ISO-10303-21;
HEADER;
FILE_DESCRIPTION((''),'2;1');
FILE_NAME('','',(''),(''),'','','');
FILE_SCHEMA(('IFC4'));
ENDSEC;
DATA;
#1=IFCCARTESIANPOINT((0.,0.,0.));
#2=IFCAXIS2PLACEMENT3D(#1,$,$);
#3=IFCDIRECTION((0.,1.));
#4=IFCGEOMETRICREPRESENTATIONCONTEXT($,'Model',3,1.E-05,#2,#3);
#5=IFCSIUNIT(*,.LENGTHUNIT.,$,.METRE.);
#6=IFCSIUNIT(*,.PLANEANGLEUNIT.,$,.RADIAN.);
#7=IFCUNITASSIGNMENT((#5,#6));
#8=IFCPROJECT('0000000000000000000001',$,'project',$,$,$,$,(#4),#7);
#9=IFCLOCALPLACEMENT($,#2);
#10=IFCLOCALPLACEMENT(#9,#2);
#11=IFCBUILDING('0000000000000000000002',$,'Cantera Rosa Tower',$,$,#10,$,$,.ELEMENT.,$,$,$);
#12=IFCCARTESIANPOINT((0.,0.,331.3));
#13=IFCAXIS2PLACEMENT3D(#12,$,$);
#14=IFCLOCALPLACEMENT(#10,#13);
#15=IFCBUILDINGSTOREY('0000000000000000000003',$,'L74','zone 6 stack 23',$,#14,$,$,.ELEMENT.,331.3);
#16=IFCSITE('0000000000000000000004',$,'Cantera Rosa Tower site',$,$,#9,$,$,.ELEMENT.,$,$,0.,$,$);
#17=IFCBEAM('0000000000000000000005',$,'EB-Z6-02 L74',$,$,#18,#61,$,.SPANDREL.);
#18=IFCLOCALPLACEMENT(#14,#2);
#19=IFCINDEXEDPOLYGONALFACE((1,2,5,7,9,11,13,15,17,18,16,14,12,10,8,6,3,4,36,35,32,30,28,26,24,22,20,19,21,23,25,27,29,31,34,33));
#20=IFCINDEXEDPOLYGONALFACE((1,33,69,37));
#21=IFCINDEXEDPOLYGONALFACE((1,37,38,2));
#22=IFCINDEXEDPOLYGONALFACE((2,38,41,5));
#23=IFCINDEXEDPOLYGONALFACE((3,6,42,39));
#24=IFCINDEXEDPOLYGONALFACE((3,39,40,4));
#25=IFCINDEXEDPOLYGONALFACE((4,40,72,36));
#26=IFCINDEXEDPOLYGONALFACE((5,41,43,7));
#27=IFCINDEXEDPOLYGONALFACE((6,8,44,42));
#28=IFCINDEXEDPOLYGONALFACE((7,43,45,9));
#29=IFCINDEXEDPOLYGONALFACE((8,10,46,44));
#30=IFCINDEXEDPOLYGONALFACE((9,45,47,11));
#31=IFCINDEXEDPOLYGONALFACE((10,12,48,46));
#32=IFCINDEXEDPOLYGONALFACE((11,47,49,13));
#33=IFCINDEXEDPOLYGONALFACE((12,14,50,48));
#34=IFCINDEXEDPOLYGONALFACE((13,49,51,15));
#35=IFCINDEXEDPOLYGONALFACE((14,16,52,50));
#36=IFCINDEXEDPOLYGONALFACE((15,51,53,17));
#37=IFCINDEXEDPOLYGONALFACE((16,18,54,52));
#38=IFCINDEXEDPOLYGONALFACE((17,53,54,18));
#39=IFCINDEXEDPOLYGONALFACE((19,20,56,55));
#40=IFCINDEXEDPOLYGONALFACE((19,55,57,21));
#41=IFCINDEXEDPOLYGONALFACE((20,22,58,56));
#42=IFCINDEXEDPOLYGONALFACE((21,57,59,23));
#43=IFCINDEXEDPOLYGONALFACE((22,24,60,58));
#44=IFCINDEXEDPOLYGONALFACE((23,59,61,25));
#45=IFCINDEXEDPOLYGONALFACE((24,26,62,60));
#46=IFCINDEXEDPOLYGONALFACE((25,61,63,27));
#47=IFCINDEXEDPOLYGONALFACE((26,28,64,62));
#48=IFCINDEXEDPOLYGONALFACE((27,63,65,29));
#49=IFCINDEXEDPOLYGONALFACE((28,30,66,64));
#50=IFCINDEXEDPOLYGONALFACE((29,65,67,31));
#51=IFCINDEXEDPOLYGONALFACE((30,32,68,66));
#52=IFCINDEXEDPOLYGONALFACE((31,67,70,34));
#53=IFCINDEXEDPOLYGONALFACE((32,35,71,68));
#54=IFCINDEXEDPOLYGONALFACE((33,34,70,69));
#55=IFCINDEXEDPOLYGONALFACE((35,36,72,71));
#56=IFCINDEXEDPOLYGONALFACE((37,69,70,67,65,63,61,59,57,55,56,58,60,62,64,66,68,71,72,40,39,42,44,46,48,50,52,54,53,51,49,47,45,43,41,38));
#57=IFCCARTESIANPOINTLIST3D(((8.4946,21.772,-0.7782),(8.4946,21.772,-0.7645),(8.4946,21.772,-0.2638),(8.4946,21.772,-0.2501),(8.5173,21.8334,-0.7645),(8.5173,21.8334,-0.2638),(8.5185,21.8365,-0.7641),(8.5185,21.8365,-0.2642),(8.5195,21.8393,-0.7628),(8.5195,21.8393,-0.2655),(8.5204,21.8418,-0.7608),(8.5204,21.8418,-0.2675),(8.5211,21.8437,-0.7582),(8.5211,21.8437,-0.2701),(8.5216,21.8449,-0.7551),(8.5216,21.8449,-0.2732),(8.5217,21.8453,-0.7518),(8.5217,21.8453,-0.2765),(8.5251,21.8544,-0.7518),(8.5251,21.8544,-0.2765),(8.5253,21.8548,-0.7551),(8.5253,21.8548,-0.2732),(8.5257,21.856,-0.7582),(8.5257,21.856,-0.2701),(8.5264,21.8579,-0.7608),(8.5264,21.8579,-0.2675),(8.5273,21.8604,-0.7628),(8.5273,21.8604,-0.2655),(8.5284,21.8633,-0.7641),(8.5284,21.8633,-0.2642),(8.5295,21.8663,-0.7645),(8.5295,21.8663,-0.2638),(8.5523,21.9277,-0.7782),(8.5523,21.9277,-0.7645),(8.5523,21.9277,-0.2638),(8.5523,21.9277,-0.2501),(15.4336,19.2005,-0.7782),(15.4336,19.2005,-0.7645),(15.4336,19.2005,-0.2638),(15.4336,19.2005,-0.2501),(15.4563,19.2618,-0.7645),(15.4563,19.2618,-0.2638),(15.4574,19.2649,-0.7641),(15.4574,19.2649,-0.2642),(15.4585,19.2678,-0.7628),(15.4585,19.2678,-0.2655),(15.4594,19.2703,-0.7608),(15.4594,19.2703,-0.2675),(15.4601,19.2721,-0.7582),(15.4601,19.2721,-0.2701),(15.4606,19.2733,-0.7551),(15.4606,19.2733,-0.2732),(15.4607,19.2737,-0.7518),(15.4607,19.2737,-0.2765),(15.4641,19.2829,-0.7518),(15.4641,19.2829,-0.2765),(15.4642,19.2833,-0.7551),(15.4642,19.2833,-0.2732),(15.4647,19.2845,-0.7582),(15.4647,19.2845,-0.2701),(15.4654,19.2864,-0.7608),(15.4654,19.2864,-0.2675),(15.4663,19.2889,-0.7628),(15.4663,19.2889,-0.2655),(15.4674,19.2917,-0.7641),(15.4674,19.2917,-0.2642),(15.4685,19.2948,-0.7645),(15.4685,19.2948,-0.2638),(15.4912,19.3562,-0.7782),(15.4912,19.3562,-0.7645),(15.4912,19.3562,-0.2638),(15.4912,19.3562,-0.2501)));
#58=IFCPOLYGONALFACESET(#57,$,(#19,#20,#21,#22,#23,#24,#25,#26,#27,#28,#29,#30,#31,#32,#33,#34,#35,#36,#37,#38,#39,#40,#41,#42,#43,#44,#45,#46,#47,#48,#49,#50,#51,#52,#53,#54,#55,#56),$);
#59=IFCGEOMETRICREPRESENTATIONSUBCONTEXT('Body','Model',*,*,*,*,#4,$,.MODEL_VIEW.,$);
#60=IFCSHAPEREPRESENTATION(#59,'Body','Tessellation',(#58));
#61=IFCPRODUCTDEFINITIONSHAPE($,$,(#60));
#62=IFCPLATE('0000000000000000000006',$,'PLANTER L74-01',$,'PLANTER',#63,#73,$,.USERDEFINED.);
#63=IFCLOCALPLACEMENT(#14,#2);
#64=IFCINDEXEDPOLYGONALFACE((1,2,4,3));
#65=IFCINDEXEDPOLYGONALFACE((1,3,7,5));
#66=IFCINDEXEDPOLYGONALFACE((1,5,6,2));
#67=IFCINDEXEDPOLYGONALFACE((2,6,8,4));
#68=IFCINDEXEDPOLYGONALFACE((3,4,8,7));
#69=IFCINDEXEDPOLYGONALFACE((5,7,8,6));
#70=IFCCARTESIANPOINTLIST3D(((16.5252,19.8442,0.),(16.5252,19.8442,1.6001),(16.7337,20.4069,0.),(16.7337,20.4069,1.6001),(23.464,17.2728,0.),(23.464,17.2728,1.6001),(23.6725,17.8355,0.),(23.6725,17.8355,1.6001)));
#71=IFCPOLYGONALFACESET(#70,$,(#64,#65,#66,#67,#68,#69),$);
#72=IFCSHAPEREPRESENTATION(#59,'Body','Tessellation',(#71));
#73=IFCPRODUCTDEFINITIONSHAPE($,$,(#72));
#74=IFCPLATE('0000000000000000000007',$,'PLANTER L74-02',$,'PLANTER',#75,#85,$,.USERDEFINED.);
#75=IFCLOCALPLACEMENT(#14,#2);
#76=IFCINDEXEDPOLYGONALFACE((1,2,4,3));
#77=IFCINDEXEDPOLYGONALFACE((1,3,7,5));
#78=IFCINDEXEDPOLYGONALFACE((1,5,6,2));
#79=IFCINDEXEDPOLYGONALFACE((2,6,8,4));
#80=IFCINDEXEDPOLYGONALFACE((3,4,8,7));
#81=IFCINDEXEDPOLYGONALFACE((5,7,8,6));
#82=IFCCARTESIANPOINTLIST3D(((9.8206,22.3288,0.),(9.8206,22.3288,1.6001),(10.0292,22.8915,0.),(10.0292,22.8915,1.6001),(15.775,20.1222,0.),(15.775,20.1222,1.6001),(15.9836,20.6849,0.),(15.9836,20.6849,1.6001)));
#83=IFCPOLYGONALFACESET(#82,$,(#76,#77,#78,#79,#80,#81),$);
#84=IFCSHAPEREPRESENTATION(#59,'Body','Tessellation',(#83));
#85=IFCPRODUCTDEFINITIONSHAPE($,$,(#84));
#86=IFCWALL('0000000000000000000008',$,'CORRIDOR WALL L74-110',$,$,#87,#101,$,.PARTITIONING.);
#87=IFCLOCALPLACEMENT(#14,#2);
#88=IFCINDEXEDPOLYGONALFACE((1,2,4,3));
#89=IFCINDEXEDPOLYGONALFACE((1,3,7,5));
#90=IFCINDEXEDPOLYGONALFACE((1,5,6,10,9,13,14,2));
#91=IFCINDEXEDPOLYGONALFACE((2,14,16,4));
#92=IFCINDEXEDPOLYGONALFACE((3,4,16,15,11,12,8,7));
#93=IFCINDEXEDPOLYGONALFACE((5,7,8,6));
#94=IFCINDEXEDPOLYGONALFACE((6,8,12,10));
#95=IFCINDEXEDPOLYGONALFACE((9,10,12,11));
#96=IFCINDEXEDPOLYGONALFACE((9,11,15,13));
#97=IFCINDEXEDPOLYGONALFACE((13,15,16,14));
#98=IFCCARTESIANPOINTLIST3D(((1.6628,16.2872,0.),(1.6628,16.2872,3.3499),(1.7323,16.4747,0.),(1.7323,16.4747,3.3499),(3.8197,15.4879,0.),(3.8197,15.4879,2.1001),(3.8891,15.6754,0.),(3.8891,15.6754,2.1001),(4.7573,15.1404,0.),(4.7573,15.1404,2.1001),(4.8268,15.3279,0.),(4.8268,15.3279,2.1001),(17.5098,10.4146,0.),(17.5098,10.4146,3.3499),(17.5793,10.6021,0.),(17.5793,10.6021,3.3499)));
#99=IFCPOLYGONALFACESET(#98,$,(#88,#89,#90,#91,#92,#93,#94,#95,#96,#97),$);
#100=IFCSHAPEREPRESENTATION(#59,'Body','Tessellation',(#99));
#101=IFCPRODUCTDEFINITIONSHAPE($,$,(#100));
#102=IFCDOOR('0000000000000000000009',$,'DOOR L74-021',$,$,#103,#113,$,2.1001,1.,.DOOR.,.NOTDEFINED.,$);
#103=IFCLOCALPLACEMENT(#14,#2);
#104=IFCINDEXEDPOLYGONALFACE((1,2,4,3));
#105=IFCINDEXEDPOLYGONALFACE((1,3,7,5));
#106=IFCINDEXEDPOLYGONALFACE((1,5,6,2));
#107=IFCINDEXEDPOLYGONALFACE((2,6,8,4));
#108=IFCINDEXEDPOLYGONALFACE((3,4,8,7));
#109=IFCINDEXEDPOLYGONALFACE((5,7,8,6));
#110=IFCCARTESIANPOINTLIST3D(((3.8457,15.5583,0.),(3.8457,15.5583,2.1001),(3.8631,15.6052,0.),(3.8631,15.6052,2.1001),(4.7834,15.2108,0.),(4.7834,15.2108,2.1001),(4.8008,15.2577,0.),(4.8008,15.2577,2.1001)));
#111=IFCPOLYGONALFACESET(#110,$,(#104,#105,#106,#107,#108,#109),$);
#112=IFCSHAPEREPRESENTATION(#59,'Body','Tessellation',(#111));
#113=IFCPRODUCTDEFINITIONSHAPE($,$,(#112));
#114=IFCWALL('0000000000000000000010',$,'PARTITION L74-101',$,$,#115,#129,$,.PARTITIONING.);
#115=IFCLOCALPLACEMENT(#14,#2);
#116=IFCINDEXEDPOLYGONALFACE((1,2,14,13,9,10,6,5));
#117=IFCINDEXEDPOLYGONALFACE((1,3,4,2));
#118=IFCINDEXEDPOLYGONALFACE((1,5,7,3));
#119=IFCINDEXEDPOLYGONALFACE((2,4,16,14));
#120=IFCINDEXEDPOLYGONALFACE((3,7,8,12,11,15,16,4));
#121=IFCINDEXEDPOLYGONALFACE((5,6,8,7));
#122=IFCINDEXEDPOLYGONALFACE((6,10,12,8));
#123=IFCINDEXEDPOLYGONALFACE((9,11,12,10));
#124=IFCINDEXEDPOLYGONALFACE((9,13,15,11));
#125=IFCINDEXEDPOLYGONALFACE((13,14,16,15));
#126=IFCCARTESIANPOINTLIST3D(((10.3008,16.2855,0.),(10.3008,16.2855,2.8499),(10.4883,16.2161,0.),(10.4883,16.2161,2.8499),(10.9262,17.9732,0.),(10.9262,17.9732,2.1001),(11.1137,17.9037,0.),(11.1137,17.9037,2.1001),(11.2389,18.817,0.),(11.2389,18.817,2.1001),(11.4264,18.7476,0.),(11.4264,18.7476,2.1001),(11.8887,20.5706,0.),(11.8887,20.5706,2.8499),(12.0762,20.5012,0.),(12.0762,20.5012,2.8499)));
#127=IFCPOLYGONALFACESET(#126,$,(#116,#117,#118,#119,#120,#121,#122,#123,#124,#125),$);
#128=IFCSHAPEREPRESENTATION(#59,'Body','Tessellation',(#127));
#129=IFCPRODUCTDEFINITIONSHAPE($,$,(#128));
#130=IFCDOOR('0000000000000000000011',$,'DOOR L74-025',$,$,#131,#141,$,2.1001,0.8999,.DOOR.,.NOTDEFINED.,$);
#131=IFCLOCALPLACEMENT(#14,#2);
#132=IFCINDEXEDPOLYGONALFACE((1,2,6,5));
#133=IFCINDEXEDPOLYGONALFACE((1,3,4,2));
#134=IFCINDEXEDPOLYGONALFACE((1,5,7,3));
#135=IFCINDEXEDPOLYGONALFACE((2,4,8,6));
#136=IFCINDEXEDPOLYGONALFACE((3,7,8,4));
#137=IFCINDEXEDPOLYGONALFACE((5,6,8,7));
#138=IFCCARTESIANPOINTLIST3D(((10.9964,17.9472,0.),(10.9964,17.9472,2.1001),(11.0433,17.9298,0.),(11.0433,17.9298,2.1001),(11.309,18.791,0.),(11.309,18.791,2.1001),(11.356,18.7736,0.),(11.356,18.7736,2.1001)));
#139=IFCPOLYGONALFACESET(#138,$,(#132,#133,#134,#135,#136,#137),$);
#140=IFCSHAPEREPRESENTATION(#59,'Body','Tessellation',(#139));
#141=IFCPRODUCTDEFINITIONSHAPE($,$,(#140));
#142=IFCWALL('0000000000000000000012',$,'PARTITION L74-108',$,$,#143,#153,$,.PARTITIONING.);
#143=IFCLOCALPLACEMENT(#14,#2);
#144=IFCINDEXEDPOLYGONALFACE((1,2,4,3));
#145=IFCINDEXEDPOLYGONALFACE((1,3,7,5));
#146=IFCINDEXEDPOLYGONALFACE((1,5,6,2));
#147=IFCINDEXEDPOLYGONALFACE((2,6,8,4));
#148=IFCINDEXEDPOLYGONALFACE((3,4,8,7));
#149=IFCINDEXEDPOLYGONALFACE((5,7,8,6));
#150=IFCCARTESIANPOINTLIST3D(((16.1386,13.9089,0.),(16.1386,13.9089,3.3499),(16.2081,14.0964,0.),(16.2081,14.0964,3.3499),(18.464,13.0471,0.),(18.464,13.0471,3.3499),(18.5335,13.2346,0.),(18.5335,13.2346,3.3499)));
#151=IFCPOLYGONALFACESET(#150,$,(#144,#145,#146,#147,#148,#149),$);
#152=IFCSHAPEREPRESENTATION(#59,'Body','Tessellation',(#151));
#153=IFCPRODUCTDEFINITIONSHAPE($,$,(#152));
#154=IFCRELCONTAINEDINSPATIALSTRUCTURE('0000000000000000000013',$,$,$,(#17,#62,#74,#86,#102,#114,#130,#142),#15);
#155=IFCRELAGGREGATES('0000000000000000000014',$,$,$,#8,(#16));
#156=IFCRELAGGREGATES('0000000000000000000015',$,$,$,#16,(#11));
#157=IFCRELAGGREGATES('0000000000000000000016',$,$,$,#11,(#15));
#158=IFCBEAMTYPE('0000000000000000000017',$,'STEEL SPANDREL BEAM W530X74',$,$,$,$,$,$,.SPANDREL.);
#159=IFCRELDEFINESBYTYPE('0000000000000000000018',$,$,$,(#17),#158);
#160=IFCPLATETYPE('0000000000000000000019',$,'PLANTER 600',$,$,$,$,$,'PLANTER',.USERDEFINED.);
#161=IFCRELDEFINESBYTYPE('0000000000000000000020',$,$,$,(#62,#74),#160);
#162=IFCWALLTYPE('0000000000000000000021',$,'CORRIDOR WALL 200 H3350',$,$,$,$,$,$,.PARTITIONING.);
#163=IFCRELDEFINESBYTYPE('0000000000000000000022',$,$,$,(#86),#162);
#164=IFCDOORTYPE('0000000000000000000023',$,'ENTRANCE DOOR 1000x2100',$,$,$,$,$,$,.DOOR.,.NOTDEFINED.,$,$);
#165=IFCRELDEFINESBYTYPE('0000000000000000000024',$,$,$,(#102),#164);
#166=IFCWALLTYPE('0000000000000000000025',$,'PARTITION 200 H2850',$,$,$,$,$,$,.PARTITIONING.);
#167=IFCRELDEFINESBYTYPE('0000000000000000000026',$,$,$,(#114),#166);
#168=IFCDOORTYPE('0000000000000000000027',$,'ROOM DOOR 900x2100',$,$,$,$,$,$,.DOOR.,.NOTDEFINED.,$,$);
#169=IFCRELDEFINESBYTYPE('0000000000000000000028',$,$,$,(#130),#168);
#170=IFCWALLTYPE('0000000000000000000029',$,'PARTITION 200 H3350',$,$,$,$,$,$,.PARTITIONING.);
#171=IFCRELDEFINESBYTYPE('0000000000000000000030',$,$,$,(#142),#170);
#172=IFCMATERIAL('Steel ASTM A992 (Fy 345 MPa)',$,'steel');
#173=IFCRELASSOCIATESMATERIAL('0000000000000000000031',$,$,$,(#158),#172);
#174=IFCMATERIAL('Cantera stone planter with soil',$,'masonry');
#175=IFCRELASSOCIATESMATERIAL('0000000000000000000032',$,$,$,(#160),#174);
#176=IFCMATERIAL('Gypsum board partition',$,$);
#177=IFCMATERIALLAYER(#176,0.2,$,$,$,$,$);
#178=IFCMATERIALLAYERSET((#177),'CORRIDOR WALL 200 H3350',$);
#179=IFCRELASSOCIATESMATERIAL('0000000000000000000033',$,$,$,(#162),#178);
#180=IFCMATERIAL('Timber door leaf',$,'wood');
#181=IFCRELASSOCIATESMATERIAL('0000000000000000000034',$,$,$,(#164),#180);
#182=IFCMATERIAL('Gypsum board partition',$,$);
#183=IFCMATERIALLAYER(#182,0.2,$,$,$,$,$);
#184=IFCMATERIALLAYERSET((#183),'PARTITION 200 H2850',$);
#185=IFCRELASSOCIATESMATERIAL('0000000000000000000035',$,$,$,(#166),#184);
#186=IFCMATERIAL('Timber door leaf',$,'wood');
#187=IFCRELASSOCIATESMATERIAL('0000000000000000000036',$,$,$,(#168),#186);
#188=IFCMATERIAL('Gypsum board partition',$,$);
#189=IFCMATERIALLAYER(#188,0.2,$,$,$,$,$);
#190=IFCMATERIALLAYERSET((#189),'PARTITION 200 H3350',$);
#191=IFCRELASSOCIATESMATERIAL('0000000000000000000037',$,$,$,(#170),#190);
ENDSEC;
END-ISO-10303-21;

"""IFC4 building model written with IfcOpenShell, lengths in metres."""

from ifc_helpers import new_model, si_unit, direction, frame, frame_2d, origin, origin_2d, place, context, subcontext, project, spatial, rectangle, i_section, extrude, material, layer, layer_set, material_profile, profile_set, type_object, element, fill, save


model = new_model("IFC4")

# Units and contexts
model_context = context("Model", 3, precision=1e-05, world=origin(), true_north=direction((0.0, 1.0)))
body_context = subcontext(model_context, "Body", "Model", "MODEL_VIEW")
ifc_project = project(units=[si_unit("LENGTHUNIT", "METRE"), si_unit("PLANEANGLEUNIT", "RADIAN")], contexts=[model_context])

# Site, building, storey
site_placement = place(None, origin())
site = spatial("IfcSite", under=ifc_project, at=site_placement, Name="Cantera Rosa Tower site", CompositionType="ELEMENT", RefElevation=0.0)
building_placement = place(site_placement, origin())
building = spatial("IfcBuilding", under=site, at=building_placement, Name="Cantera Rosa Tower", CompositionType="ELEMENT")
storey_placement = place(building_placement, frame((0.0, 0.0, 331.3)))
storey = spatial("IfcBuildingStorey", under=building, at=storey_placement, Name="L74", Description="zone 6 stack 23", CompositionType="ELEMENT", Elevation=331.3)

# Beam
ifc_material_1 = material(Name="Steel ASTM A992 (Fy 345 MPa)", Category="steel")
ifc_material_profile_1 = material_profile(ifc_material_1, i_section(OverallWidth=0.166, OverallDepth=0.5281, WebThickness=0.0098, FlangeThickness=0.0137, FilletRadius=0.0127, at=origin_2d()), Name="W530X74")
ifc_profile_set_1 = profile_set([ifc_material_profile_1], Name="Steel ASTM A992 (Fy 345 MPa)")
beam_type_1 = type_object("IfcBeamType", Name="STEEL SPANDREL BEAM W530X74", PredefinedType="SPANDREL", material=ifc_profile_set_1)
beam_1_placement = place(storey_placement, frame((15.4624, 19.2783, -0.5142), z_axis=(-0.937681, 0.347498, 0.0), x_axis=(-0.347498, -0.937681, 0.0)))
element("IfcBeam", 1, at=beam_1_placement, inside=storey, type_object=beam_type_1, Name="EB-Z6-02 L74", PredefinedType="SPANDREL", context=body_context, shape_type="SweptSolid", body=[
    extrude(i_section(OverallWidth=0.166, OverallDepth=0.5281, WebThickness=0.0098, FlangeThickness=0.0137, FilletRadius=0.0127, at=origin_2d()), origin(), (0.0, 0.0, 1.0), 7.4001),
])

# Plates
ifc_material_2 = material(Name="Cantera stone planter with soil", Category="masonry")
plate_type = type_object("IfcPlateType", Name="PLANTER 600", ElementType="PLANTER", PredefinedType="USERDEFINED", material=ifc_material_2)
plate_1_placement = place(storey_placement, frame((20.0989, 18.8398, 0.0), z_axis=(0.0, 0.0, 1.0), x_axis=(-0.937687, 0.347481, 0.0)))
element("IfcPlate", 2, at=plate_1_placement, inside=storey, type_object=plate_type, Name="PLANTER L74-01", ObjectType="PLANTER", PredefinedType="USERDEFINED", context=body_context, shape_type="SweptSolid", body=[
    extrude(rectangle(XDim=7.3999, YDim=0.6001, at=origin_2d()), origin(), (0.0, 0.0, 1.0), 1.6001),
])
plate_2_placement = place(storey_placement, frame((12.9021, 21.5068, 0.0), z_axis=(0.0, 0.0, 1.0), x_axis=(-0.937687, 0.347481, 0.0)))
element("IfcPlate", 3, at=plate_2_placement, inside=storey, type_object=plate_type, Name="PLANTER L74-02", ObjectType="PLANTER", PredefinedType="USERDEFINED", context=body_context, shape_type="SweptSolid", body=[
    extrude(rectangle(XDim=6.3501, YDim=0.6001, at=origin_2d()), origin(), (0.0, 0.0, 1.0), 1.6001),
])

# Wall, opening, door
ifc_material_3 = material(Name="Gypsum board partition")
ifc_layer_1 = layer(ifc_material_3, 0.2)
ifc_layer_set_1 = layer_set([ifc_layer_1], Name="CORRIDOR WALL 200 H3350")
wall_type_1 = type_object("IfcWallType", Name="CORRIDOR WALL 200 H3350", PredefinedType="PARTITIONING", material=ifc_layer_set_1)
wall_1_placement = place(storey_placement, frame((17.5447, 10.5083, 0.0), z_axis=(0.0, 0.0, 1.0), x_axis=(-0.937685, 0.347487, 0.0)))
wall_1 = element("IfcWall", 4, at=wall_1_placement, inside=storey, type_object=wall_type_1, Name="CORRIDOR WALL L74-110", PredefinedType="PARTITIONING", context=body_context, shape_type="SweptSolid", body=[
    extrude(rectangle(XDim=16.9001, YDim=0.2, at=frame_2d((8.4502, 0.0))), origin(), (0.0, 0.0, 1.0), 3.3499),
])
opening_1_placement = place(wall_1_placement, frame((13.6001, 0.0, 0.0)))
opening_1 = element("IfcOpeningElement", 5, at=opening_1_placement, cuts=wall_1, PredefinedType="OPENING", context=body_context, shape_type="SweptSolid", body=[
    extrude(rectangle(XDim=1.0, YDim=2.1001, at=frame_2d((0.5, 1.05))), frame((0.0, 0.1099, 0.0), z_axis=(0.0, -1.0, 0.0), x_axis=(1.0, 0.0, 0.0)), (0.0, 0.0, 1.0), 0.22),
])
ifc_material_4 = material(Name="Timber door leaf", Category="wood")
door_type_1 = type_object("IfcDoorType", Name="ENTRANCE DOOR 1000x2100", OperationType="NOTDEFINED", PredefinedType="DOOR", material=ifc_material_4)
door_1_placement = place(opening_1_placement, origin())
door_1 = element("IfcDoor", 6, at=door_1_placement, inside=storey, type_object=door_type_1, Name="DOOR L74-021", OperationType="NOTDEFINED", OverallHeight=2.1001, OverallWidth=1.0, PredefinedType="DOOR", context=body_context, shape_type="SweptSolid", body=[
    extrude(rectangle(XDim=1.0, YDim=2.1001, at=frame_2d((0.5, 1.05))), frame((0.0, 0.0249, 0.0), z_axis=(0.0, -1.0, 0.0), x_axis=(1.0, 0.0, 0.0)), (0.0, 0.0, 1.0), 0.05),
])
fill(opening_1, door_1)

# Wall, opening, door
ifc_material_5 = material(Name="Gypsum board partition")
ifc_layer_2 = layer(ifc_material_5, 0.2)
ifc_layer_set_2 = layer_set([ifc_layer_2], Name="PARTITION 200 H2850")
wall_type_2 = type_object("IfcWallType", Name="PARTITION 200 H2850", PredefinedType="PARTITIONING", material=ifc_layer_set_2)
wall_2_placement = place(storey_placement, frame((11.9824, 20.5359, 0.0), z_axis=(0.0, 0.0, 1.0), x_axis=(-0.347467, -0.937692, 0.0)))
wall_2 = element("IfcWall", 7, at=wall_2_placement, inside=storey, type_object=wall_type_2, Name="PARTITION L74-101", PredefinedType="PARTITIONING", context=body_context, shape_type="SweptSolid", body=[
    extrude(rectangle(XDim=4.5698, YDim=0.2, at=frame_2d((2.2849, 0.0))), origin(), (0.0, 0.0, 1.0), 2.8499),
])
opening_2_placement = place(wall_2_placement, frame((1.8701, 0.0, 0.0)))
opening_2 = element("IfcOpeningElement", 8, at=opening_2_placement, cuts=wall_2, PredefinedType="OPENING", context=body_context, shape_type="SweptSolid", body=[
    extrude(rectangle(XDim=0.8999, YDim=2.1001, at=frame_2d((0.45, 1.05))), frame((0.0, 0.1099, 0.0), z_axis=(0.0, -1.0, 0.0), x_axis=(1.0, 0.0, 0.0)), (0.0, 0.0, 1.0), 0.22),
])
ifc_material_6 = material(Name="Timber door leaf", Category="wood")
door_type_2 = type_object("IfcDoorType", Name="ROOM DOOR 900x2100", OperationType="NOTDEFINED", PredefinedType="DOOR", material=ifc_material_6)
door_2_placement = place(opening_2_placement, origin())
door_2 = element("IfcDoor", 9, at=door_2_placement, inside=storey, type_object=door_type_2, Name="DOOR L74-025", OperationType="NOTDEFINED", OverallHeight=2.1001, OverallWidth=0.8999, PredefinedType="DOOR", context=body_context, shape_type="SweptSolid", body=[
    extrude(rectangle(XDim=0.8999, YDim=2.1001, at=frame_2d((0.45, 1.05))), frame((0.0, 0.0249, 0.0), z_axis=(0.0, -1.0, 0.0), x_axis=(1.0, 0.0, 0.0)), (0.0, 0.0, 1.0), 0.05),
])
fill(opening_2, door_2)

# Wall
ifc_material_7 = material(Name="Gypsum board partition")
ifc_layer_3 = layer(ifc_material_7, 0.2)
ifc_layer_set_3 = layer_set([ifc_layer_3], Name="PARTITION 200 H3350")
wall_type_3 = type_object("IfcWallType", Name="PARTITION 200 H3350", PredefinedType="PARTITIONING", material=ifc_layer_set_3)
wall_3_placement = place(storey_placement, frame((16.1733, 14.0027, 0.0), z_axis=(0.0, 0.0, 1.0), x_axis=(0.937677, -0.347507, 0.0)))
element("IfcWall", 10, at=wall_3_placement, inside=storey, type_object=wall_type_3, Name="PARTITION L74-108", PredefinedType="PARTITIONING", context=body_context, shape_type="SweptSolid", body=[
    extrude(rectangle(XDim=2.48, YDim=0.2, at=frame_2d((1.24, 0.0))), origin(), (0.0, 0.0, 1.0), 3.3499),
])

save(model, "model.ifc")
